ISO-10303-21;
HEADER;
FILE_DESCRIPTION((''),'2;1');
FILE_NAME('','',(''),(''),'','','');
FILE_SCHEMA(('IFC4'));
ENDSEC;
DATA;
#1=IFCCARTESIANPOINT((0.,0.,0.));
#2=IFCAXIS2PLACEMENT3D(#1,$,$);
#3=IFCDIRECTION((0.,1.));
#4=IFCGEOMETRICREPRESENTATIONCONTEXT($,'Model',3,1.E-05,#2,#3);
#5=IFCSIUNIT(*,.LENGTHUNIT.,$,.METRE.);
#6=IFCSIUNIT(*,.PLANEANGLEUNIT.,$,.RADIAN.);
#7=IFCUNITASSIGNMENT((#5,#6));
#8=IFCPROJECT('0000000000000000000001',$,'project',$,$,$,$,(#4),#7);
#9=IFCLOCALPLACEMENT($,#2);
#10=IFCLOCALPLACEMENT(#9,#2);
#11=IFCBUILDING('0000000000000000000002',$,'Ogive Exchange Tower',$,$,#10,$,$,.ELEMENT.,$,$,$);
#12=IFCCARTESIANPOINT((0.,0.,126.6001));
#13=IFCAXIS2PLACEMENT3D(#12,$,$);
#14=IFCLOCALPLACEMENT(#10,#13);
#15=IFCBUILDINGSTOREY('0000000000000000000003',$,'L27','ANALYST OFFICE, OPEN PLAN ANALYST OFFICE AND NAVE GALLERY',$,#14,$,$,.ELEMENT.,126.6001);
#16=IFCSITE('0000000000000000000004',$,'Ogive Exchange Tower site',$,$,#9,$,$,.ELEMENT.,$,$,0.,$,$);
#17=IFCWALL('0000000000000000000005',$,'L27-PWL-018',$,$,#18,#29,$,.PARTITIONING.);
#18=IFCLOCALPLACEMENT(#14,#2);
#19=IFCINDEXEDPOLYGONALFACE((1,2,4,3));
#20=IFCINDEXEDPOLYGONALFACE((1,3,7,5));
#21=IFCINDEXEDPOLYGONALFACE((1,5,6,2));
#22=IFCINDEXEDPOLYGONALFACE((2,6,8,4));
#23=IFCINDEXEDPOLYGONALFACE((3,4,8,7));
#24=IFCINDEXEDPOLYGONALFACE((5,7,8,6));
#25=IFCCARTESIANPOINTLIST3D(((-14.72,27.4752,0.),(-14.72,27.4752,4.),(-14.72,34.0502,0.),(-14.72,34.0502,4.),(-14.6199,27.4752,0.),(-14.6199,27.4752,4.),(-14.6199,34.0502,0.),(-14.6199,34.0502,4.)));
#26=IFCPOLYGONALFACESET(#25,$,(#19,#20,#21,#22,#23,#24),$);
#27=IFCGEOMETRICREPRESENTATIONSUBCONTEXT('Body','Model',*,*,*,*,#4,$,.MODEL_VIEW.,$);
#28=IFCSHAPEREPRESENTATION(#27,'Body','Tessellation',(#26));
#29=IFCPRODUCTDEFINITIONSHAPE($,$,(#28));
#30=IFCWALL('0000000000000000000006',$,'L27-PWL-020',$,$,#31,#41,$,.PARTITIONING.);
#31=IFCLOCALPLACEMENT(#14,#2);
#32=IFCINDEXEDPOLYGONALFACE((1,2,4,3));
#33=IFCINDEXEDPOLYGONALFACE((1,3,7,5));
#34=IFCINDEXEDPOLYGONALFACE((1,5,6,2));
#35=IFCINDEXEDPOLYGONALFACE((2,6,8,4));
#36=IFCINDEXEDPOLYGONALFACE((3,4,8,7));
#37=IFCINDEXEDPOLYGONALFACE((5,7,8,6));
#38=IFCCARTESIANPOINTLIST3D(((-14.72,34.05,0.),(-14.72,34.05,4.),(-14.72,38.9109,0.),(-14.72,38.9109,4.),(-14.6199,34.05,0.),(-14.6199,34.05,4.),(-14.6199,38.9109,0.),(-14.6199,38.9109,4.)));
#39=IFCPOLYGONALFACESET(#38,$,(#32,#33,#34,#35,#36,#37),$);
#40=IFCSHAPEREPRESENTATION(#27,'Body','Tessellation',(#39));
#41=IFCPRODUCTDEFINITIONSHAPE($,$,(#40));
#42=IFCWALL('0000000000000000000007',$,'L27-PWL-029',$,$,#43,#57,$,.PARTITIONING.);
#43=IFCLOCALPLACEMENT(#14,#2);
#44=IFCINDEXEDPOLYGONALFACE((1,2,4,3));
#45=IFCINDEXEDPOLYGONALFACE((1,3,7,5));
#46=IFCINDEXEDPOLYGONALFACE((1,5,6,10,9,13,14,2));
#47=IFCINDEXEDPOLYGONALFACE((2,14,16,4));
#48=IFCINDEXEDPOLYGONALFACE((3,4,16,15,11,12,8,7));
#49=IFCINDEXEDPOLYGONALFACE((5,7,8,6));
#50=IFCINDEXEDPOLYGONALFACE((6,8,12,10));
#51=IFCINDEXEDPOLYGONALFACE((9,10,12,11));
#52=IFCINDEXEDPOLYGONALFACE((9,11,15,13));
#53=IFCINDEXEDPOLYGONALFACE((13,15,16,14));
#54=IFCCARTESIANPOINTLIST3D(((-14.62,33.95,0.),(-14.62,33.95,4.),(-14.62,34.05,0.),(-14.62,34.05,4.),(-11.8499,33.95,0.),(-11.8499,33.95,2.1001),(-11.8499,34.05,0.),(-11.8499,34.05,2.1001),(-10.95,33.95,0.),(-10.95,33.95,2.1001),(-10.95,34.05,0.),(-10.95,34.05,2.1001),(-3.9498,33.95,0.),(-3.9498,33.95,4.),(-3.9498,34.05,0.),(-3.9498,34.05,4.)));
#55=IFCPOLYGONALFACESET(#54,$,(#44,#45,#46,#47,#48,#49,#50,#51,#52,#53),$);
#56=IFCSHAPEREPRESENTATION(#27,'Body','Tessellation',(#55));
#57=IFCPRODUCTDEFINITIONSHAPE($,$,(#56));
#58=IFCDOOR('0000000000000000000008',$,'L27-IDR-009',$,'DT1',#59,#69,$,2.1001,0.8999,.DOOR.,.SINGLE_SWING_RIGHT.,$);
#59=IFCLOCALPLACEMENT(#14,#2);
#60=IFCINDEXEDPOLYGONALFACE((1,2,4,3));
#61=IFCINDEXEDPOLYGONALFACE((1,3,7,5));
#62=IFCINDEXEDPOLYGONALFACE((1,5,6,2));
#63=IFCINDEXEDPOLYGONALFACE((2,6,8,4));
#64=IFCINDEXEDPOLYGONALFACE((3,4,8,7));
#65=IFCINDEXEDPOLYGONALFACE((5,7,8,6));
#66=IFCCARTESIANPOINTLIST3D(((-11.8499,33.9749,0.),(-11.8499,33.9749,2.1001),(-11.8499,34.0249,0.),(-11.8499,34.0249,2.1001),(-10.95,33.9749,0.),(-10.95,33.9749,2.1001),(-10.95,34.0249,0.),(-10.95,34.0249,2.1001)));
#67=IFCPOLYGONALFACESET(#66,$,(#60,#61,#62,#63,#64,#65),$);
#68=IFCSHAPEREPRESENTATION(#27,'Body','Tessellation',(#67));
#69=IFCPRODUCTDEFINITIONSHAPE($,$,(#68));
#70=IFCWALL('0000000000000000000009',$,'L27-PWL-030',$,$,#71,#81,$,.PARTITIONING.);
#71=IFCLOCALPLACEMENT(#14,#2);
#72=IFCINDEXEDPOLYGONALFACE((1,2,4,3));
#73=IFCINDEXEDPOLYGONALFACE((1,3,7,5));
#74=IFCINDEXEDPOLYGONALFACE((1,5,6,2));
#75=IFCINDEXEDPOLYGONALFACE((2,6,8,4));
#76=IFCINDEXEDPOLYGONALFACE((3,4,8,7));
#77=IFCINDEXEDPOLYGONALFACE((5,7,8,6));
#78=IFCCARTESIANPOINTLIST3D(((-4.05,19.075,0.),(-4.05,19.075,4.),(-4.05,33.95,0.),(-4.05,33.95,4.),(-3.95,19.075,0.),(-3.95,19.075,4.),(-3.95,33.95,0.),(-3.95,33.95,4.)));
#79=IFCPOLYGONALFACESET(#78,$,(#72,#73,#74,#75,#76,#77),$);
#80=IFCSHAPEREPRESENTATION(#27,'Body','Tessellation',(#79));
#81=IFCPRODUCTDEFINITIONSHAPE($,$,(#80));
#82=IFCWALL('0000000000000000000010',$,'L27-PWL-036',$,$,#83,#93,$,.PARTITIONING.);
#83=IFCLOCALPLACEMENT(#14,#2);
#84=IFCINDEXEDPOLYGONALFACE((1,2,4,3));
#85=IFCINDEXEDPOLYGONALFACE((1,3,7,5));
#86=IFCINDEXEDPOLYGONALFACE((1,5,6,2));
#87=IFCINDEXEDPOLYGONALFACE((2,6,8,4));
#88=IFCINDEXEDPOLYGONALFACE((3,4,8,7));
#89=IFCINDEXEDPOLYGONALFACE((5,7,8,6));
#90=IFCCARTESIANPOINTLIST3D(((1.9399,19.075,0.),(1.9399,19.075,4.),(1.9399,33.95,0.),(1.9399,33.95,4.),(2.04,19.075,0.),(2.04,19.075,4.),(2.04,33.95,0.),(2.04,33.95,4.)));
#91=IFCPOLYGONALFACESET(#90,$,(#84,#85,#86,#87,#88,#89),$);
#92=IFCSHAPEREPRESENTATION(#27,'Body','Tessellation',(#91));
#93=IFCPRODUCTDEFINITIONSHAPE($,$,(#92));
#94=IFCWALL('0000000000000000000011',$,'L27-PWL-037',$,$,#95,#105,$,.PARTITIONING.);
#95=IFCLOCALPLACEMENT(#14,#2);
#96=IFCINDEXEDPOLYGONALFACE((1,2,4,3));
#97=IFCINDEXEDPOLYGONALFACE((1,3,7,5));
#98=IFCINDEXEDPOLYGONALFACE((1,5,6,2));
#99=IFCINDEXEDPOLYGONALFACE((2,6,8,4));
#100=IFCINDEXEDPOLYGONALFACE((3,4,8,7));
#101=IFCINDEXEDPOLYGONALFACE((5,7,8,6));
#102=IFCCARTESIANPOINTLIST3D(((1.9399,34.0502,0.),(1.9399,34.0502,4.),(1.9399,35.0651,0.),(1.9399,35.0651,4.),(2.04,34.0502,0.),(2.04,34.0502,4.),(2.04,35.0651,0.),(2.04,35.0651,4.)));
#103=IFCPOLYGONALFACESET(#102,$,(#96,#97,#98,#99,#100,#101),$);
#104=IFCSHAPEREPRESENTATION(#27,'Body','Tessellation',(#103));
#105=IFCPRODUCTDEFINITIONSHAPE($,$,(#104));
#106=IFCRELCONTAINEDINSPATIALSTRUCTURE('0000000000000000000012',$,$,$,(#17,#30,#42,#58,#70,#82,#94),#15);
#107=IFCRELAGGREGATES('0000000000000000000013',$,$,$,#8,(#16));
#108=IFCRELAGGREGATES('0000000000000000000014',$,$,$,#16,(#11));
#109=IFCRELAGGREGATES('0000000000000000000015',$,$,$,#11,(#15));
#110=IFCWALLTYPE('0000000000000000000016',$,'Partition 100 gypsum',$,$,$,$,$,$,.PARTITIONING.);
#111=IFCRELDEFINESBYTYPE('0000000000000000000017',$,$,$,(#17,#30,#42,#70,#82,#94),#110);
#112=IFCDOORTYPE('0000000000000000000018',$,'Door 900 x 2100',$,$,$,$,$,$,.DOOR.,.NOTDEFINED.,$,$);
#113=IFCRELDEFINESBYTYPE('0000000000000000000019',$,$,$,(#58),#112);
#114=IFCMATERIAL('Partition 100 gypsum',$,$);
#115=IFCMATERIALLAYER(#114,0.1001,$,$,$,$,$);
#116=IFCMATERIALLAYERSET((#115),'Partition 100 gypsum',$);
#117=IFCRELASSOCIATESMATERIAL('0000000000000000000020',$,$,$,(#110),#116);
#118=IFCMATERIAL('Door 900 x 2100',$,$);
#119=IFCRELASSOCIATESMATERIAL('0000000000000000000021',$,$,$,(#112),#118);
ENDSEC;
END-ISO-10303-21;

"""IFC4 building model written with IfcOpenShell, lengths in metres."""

from ifc_helpers import new_model, si_unit, direction, frame, frame_2d, origin, place, context, subcontext, project, spatial, rectangle, extrude, material, layer, layer_set, type_object, element, fill, save


model = new_model("IFC4")

# Units and contexts
model_context = context("Model", 3, precision=1e-05, world=origin(), true_north=direction((0.0, 1.0)))
body_context = subcontext(model_context, "Body", "Model", "MODEL_VIEW")
ifc_project = project(units=[si_unit("LENGTHUNIT", "METRE"), si_unit("PLANEANGLEUNIT", "RADIAN")], contexts=[model_context])

# Site, building, storey
site_placement = place(None, origin())
site = spatial("IfcSite", under=ifc_project, at=site_placement, Name="Ogive Exchange Tower site", CompositionType="ELEMENT", RefElevation=0.0)
building_placement = place(site_placement, origin())
building = spatial("IfcBuilding", under=site, at=building_placement, Name="Ogive Exchange Tower", CompositionType="ELEMENT")
storey_placement = place(building_placement, frame((0.0, 0.0, 126.6001)))
storey = spatial("IfcBuildingStorey", under=building, at=storey_placement, Name="L27", Description="ANALYST OFFICE, OPEN PLAN ANALYST OFFICE AND NAVE GALLERY", CompositionType="ELEMENT", Elevation=126.6001)

# Walls
ifc_material_1 = material(Name="Partition 100 gypsum")
ifc_layer_1 = layer(ifc_material_1, 0.1001)
ifc_layer_set_1 = layer_set([ifc_layer_1], Name="Partition 100 gypsum")
wall_type_1 = type_object("IfcWallType", Name="Partition 100 gypsum", PredefinedType="PARTITIONING", material=ifc_layer_set_1)
wall_1_placement = place(storey_placement, frame((-14.6699, 27.4751, 0.0), z_axis=(0.0, 0.0, 1.0), x_axis=(0.0, 1.0, 0.0)))
element("IfcWall", 1, at=wall_1_placement, inside=storey, type_object=wall_type_1, Name="L27-PWL-018", PredefinedType="PARTITIONING", context=body_context, shape_type="SweptSolid", body=[
    extrude(rectangle(XDim=6.575, YDim=0.1001, at=frame_2d((3.2876, 0.0))), origin(), (0.0, 0.0, 1.0), 4.0),
])
wall_2_placement = place(storey_placement, frame((-14.6699, 34.05, 0.0), z_axis=(0.0, 0.0, 1.0), x_axis=(0.0, 1.0, 0.0)))
element("IfcWall", 2, at=wall_2_placement, inside=storey, type_object=wall_type_1, Name="L27-PWL-020", PredefinedType="PARTITIONING", context=body_context, shape_type="SweptSolid", body=[
    extrude(rectangle(XDim=4.8608, YDim=0.1001, at=frame_2d((2.4304, 0.0))), origin(), (0.0, 0.0, 1.0), 4.0),
])

# Wall, opening, door
wall_3_placement = place(storey_placement, frame((-3.95, 34.0, 0.0), z_axis=(0.0, 0.0, 1.0), x_axis=(-1.0, 0.0, 0.0)))
wall_3 = element("IfcWall", 3, at=wall_3_placement, inside=storey, type_object=wall_type_1, Name="L27-PWL-029", PredefinedType="PARTITIONING", context=body_context, shape_type="SweptSolid", body=[
    extrude(rectangle(XDim=10.6702, YDim=0.1001, at=frame_2d((5.335, 0.0))), origin(), (0.0, 0.0, 1.0), 4.0),
])
opening_1_placement = place(wall_3_placement, frame((7.0, 0.0, 0.0)))
opening_1 = element("IfcOpeningElement", 4, at=opening_1_placement, cuts=wall_3, PredefinedType="OPENING", context=body_context, shape_type="SweptSolid", body=[
    extrude(rectangle(XDim=0.8999, YDim=2.1001, at=frame_2d((0.45, 1.05))), frame((0.0, 0.0601, 0.0), z_axis=(0.0, -1.0, 0.0), x_axis=(1.0, 0.0, 0.0)), (0.0, 0.0, 1.0), 0.1201),
])
ifc_material_2 = material(Name="Door 900 x 2100")
door_type_1 = type_object("IfcDoorType", Name="Door 900 x 2100", OperationType="NOTDEFINED", PredefinedType="DOOR", material=ifc_material_2)
door_1_placement = place(opening_1_placement, frame((0.8999, 0.0, 0.0), z_axis=(0.0, 0.0, 1.0), x_axis=(-1.0, 0.0, 0.0)))
door_1 = element("IfcDoor", 5, at=door_1_placement, inside=storey, type_object=door_type_1, Name="L27-IDR-009", ObjectType="DT1", OperationType="SINGLE_SWING_RIGHT", OverallHeight=2.1001, OverallWidth=0.8999, PredefinedType="DOOR", context=body_context, shape_type="SweptSolid", body=[
    extrude(rectangle(XDim=0.8999, YDim=2.1001, at=frame_2d((0.45, 1.05))), frame((0.0, 0.0249, 0.0), z_axis=(0.0, -1.0, 0.0), x_axis=(1.0, 0.0, 0.0)), (0.0, 0.0, 1.0), 0.05),
])
fill(opening_1, door_1)

# Walls
for number, where, z_axis, x_axis, name in (
    (6, (-4.0, 33.95, 0.0), (0.0, 0.0, 1.0), (0.0, -1.0, 0.0), "L27-PWL-030"),
    (7, (1.99, 33.95, 0.0), (0.0, 0.0, 1.0), (0.0, -1.0, 0.0), "L27-PWL-036"),
):
    element("IfcWall", number, at=place(storey_placement, frame(where, z_axis=z_axis, x_axis=x_axis)), inside=storey, type_object=wall_type_1, Name=name, PredefinedType="PARTITIONING", context=body_context, shape_type="SweptSolid", body=[
        extrude(rectangle(XDim=14.875, YDim=0.1001, at=frame_2d((7.4375, 0.0))), origin(), (0.0, 0.0, 1.0), 4.0),
    ])
wall_4_placement = place(storey_placement, frame((1.99, 35.0649, 0.0), z_axis=(0.0, 0.0, 1.0), x_axis=(0.0, -1.0, 0.0)))
element("IfcWall", 8, at=wall_4_placement, inside=storey, type_object=wall_type_1, Name="L27-PWL-037", PredefinedType="PARTITIONING", context=body_context, shape_type="SweptSolid", body=[
    extrude(rectangle(XDim=1.0149, YDim=0.1001, at=frame_2d((0.5073, 0.0))), origin(), (0.0, 0.0, 1.0), 4.0),
])

save(model, "model.ifc")
